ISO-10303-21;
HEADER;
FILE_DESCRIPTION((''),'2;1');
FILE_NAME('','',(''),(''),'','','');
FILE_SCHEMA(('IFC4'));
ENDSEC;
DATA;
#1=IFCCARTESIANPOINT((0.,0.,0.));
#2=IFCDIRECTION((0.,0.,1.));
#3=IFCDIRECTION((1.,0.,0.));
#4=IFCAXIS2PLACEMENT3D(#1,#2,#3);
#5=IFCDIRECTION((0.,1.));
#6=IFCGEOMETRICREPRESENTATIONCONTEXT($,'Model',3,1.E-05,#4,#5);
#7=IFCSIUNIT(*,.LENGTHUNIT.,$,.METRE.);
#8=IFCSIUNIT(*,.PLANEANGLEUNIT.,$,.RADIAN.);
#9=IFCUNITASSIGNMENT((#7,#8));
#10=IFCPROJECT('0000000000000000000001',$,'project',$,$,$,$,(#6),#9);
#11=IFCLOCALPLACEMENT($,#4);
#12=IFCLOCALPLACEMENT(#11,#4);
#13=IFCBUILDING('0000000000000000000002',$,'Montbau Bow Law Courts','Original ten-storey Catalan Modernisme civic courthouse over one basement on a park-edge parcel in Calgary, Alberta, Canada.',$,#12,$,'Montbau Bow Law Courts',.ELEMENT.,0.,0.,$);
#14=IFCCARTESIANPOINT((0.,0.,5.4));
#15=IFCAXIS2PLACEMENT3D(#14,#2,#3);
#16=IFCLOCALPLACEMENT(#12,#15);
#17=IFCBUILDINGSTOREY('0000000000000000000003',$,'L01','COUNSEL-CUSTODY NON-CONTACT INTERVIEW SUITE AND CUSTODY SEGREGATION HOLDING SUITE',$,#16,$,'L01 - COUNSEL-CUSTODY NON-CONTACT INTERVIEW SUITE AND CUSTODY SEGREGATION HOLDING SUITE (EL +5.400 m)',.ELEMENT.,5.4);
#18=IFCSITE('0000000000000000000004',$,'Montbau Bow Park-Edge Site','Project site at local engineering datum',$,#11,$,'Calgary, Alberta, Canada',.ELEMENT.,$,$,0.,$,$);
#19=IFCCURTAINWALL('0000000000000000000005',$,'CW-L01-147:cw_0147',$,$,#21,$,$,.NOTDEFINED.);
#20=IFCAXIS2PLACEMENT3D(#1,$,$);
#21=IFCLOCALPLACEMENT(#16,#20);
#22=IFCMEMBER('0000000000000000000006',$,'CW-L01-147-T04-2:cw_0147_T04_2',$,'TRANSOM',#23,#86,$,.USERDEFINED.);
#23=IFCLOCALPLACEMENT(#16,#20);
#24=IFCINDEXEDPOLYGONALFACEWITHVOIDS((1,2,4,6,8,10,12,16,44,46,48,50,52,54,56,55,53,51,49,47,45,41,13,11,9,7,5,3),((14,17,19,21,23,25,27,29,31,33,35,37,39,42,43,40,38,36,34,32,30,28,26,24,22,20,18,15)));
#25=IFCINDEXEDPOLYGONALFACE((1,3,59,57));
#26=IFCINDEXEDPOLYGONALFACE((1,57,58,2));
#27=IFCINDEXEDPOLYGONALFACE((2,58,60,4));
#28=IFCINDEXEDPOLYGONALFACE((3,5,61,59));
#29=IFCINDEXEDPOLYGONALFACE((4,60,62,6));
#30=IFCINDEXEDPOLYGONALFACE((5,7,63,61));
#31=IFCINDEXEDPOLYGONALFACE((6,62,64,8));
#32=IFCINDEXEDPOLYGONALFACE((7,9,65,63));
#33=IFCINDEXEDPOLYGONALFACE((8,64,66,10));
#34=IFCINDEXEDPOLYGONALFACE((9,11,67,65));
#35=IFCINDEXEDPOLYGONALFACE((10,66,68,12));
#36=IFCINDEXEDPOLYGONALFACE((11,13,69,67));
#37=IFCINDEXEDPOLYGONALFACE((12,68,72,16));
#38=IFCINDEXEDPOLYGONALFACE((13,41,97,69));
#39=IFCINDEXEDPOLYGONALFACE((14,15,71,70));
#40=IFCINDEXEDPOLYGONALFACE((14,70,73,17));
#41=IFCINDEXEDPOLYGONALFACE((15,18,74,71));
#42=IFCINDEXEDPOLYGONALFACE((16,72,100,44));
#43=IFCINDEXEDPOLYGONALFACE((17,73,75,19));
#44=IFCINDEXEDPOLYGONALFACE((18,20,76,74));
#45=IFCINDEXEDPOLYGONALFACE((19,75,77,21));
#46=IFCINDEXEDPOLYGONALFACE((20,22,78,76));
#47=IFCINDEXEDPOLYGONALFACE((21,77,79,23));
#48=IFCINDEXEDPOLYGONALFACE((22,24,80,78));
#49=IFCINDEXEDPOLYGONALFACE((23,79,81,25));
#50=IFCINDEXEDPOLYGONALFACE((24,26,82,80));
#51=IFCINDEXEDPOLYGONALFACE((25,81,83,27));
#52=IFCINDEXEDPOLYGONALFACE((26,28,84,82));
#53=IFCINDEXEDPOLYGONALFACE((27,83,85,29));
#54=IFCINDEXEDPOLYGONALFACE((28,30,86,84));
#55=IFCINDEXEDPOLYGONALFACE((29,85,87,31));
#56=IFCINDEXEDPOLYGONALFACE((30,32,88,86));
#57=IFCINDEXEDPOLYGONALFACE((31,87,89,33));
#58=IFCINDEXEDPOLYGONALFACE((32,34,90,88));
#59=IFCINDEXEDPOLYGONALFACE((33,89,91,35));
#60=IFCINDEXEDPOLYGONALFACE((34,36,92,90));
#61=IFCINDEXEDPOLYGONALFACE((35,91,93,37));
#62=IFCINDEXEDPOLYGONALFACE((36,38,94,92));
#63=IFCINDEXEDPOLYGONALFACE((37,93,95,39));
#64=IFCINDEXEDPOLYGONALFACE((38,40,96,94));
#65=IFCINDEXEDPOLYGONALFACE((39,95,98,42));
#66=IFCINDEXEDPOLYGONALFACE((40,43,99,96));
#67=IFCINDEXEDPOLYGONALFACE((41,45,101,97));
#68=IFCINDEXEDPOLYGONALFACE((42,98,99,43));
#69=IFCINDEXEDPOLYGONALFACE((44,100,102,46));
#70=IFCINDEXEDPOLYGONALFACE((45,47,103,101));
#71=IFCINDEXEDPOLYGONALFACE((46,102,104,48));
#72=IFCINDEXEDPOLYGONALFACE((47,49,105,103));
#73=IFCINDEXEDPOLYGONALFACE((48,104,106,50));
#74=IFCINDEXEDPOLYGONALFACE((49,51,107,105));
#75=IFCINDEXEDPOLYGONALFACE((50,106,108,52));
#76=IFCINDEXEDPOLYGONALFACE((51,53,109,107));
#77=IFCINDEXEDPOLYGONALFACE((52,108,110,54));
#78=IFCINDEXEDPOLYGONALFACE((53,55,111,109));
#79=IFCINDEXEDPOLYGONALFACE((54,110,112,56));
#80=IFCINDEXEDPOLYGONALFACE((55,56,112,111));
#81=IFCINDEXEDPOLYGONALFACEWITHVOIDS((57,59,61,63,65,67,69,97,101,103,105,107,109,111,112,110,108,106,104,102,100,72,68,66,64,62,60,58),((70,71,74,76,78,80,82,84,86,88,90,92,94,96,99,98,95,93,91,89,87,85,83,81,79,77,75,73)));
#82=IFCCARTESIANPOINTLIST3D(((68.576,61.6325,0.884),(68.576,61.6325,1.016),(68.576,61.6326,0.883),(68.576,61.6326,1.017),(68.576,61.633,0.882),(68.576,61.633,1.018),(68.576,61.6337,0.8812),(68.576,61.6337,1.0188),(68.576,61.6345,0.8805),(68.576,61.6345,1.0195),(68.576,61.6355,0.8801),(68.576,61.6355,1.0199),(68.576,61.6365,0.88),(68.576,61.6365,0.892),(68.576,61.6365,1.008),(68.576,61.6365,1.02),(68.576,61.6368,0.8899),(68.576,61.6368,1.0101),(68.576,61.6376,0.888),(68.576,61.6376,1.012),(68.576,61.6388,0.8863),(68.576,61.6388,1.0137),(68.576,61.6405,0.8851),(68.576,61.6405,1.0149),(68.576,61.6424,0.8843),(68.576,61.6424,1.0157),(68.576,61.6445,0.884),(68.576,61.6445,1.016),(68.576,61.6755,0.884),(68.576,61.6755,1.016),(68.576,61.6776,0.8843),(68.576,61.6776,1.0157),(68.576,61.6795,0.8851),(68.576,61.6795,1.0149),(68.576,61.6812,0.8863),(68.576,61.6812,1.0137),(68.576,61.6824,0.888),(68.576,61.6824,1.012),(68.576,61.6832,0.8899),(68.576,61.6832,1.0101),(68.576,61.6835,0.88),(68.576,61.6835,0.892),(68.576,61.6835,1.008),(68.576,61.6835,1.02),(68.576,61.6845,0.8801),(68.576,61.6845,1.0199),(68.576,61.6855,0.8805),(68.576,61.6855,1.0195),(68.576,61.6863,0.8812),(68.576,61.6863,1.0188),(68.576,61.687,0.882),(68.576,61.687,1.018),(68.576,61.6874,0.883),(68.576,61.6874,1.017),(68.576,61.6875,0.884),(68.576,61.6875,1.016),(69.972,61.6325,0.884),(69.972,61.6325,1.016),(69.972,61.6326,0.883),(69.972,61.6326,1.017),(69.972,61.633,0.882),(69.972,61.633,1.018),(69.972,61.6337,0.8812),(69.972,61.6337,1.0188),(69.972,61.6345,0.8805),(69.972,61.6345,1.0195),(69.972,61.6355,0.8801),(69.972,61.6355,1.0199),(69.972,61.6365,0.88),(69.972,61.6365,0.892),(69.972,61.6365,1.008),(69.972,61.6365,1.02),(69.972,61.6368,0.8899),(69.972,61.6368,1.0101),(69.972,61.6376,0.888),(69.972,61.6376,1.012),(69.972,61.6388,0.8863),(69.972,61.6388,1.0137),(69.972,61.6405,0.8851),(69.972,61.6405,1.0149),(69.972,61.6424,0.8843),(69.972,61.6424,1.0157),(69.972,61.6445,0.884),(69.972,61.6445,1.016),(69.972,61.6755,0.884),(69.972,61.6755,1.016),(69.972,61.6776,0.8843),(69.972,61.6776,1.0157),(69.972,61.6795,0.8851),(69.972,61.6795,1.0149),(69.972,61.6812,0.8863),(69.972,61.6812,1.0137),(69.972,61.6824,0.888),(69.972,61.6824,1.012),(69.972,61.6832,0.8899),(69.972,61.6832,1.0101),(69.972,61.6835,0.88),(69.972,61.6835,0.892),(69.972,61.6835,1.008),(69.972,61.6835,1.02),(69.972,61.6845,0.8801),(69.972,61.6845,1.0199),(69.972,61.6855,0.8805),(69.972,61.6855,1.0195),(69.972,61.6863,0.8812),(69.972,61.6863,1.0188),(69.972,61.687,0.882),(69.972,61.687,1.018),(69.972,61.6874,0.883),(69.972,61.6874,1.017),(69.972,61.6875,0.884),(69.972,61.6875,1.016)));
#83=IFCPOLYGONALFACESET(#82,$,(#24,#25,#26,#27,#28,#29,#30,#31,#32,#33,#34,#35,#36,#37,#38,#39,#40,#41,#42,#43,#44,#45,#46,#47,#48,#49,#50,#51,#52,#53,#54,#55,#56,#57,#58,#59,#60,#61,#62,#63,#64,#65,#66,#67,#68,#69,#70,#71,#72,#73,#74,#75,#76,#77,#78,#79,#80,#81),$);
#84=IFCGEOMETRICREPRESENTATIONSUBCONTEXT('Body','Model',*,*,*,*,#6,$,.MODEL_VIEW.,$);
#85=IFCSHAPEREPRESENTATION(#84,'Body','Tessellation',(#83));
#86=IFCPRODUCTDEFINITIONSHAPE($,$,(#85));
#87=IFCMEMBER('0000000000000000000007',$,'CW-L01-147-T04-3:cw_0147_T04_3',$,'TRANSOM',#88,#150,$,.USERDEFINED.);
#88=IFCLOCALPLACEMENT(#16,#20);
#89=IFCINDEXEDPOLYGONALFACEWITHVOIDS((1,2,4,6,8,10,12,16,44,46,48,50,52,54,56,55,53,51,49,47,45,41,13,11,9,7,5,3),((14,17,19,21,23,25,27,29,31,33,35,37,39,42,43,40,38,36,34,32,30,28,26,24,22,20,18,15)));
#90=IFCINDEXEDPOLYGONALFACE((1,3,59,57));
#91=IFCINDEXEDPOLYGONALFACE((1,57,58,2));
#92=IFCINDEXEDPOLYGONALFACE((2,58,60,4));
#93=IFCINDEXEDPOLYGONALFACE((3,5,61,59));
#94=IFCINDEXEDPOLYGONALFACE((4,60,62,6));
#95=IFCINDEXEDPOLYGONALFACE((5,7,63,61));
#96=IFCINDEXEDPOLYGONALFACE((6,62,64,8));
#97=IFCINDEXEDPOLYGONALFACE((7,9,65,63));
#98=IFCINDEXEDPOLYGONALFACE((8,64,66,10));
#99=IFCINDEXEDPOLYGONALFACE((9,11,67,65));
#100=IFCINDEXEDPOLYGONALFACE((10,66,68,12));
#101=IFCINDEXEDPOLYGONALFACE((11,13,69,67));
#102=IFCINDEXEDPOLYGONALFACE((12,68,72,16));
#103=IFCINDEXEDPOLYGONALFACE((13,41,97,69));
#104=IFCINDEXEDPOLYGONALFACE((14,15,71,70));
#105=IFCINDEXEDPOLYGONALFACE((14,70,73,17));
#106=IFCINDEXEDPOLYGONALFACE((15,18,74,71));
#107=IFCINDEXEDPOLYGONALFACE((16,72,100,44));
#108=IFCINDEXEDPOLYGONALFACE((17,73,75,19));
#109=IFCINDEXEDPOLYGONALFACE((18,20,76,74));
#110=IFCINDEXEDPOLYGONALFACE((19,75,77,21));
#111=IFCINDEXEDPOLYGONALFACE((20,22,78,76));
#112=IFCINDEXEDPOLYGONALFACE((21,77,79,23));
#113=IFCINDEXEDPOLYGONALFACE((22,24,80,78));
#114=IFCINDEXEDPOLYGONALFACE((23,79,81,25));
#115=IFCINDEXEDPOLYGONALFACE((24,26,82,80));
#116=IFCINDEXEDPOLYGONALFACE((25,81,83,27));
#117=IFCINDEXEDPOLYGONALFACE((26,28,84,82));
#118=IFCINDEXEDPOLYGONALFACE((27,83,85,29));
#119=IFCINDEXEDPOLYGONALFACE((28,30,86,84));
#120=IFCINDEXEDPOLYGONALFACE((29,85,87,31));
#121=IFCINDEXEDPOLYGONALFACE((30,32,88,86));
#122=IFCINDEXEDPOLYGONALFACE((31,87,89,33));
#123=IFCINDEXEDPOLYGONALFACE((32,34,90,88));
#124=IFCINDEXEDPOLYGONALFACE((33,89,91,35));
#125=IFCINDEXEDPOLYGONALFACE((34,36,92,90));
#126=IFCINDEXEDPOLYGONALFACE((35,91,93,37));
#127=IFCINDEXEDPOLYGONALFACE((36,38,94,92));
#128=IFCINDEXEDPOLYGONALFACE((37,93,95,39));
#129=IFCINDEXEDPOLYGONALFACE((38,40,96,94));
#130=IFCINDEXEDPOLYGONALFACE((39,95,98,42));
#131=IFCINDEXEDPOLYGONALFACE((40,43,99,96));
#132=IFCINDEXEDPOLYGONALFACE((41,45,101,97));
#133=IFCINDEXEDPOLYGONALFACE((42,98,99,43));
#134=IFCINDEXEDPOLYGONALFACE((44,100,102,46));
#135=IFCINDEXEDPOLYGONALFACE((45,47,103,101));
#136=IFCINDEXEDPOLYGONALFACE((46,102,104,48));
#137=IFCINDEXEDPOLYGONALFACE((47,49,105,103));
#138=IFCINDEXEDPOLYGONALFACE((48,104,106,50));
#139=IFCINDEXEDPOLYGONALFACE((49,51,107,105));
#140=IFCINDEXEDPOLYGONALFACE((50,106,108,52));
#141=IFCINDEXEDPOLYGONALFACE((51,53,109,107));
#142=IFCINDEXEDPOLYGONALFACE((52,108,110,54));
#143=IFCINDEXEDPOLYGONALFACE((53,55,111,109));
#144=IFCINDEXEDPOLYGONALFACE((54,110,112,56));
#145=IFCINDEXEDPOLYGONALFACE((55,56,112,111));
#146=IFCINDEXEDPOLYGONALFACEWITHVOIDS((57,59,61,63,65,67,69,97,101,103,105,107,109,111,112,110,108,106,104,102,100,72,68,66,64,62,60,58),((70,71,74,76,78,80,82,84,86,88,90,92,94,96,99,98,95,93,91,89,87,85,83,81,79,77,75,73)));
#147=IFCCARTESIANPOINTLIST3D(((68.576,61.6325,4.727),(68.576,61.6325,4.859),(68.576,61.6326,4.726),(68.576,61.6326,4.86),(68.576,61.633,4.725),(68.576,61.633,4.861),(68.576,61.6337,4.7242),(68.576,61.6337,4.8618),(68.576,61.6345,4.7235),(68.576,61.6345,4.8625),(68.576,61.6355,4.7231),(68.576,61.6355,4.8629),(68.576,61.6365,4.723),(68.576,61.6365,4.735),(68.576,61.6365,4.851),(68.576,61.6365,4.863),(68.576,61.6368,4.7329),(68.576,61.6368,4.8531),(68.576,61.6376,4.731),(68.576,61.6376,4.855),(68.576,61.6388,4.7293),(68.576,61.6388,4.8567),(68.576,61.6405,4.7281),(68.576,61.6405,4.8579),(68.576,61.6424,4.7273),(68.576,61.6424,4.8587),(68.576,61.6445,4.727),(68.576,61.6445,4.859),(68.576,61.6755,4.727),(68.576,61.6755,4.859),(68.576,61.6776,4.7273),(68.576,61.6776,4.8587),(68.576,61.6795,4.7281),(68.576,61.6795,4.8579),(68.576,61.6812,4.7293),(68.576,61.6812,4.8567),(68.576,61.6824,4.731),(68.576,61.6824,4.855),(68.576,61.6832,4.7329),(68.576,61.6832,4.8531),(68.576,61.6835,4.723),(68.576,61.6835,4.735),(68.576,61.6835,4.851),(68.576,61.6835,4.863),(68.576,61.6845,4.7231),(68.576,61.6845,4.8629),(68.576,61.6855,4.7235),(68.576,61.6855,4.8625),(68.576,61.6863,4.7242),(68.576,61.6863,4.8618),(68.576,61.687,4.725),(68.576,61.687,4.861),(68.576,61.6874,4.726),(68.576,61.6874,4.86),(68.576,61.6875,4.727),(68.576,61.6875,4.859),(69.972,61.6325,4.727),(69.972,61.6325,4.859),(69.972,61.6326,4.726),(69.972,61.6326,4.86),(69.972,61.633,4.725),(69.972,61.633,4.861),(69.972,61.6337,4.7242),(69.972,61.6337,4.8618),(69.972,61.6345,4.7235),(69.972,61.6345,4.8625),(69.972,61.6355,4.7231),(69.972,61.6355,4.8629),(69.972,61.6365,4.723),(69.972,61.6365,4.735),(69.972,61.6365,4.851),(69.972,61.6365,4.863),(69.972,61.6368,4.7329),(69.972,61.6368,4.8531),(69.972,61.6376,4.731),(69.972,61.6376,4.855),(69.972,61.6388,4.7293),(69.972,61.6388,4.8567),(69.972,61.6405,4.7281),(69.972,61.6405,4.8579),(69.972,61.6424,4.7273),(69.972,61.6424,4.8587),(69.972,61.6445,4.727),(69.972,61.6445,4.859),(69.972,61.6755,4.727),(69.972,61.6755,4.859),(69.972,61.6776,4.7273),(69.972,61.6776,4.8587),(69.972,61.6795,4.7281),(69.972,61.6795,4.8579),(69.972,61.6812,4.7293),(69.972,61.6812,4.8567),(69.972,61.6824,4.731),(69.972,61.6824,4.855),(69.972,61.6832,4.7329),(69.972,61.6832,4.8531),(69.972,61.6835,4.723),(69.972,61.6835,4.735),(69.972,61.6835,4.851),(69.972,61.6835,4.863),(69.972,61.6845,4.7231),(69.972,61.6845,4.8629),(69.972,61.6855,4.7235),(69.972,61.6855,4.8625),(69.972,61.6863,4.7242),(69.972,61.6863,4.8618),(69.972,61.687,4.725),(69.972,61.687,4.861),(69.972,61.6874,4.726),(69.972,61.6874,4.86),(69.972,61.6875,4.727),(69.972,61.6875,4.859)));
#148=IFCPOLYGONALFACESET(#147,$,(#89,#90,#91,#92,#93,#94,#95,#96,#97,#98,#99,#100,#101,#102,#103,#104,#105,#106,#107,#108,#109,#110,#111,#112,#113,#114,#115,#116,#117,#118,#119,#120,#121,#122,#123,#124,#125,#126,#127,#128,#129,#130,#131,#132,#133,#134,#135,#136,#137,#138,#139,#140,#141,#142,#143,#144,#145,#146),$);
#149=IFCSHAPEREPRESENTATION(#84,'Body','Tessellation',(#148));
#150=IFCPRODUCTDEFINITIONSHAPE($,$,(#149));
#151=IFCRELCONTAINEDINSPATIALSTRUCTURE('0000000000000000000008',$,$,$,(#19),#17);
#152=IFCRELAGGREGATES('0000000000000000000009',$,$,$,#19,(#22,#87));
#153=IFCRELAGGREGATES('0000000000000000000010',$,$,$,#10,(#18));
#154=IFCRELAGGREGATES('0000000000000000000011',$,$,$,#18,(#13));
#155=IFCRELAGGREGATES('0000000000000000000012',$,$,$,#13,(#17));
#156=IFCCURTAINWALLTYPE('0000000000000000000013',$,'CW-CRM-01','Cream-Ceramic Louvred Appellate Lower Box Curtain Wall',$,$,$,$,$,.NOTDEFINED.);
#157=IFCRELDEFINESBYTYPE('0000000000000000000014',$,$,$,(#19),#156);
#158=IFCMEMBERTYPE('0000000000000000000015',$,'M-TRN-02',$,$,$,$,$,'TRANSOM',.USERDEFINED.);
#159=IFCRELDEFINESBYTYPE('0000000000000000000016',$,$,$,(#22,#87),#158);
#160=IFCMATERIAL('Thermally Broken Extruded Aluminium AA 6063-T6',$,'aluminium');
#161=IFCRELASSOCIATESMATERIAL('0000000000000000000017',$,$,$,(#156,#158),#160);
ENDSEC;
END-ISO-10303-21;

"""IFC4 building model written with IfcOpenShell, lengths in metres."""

from ifc_helpers import new_model, si_unit, direction, frame, origin_with_axes, origin_2d_with_axis, place, context, subcontext, project, spatial, hollow_rectangle, extrude, material, material_profile, profile_set, type_object, element, aggregate, save


model = new_model("IFC4")

# Units and contexts
model_context = context("Model", 3, precision=1e-05, world=origin_with_axes(), true_north=direction((0.0, 1.0)))
body_context = subcontext(model_context, "Body", "Model", "MODEL_VIEW")
ifc_project = project(units=[si_unit("LENGTHUNIT", "METRE"), si_unit("PLANEANGLEUNIT", "RADIAN")], contexts=[model_context])

# Site, building, storey
site_placement = place(None, origin_with_axes())
site = spatial("IfcSite", under=ifc_project, at=site_placement, Name="Montbau Bow Park-Edge Site", Description="Project site at local engineering datum", LongName="Calgary, Alberta, Canada", CompositionType="ELEMENT", RefElevation=0.0)
building_placement = place(site_placement, origin_with_axes())
building = spatial("IfcBuilding", under=site, at=building_placement, Name="Montbau Bow Law Courts", Description="Original ten-storey Catalan Modernisme civic courthouse over one basement on a park-edge parcel in Calgary, Alberta, Canada.", LongName="Montbau Bow Law Courts", CompositionType="ELEMENT", ElevationOfRefHeight=0.0, ElevationOfTerrain=0.0)
storey_placement = place(building_placement, frame((0.0, 0.0, 5.4), z_axis=(0.0, 0.0, 1.0), x_axis=(1.0, 0.0, 0.0)))
storey = spatial("IfcBuildingStorey", under=building, at=storey_placement, Name="L01", Description="COUNSEL-CUSTODY NON-CONTACT INTERVIEW SUITE AND CUSTODY SEGREGATION HOLDING SUITE", LongName="L01 - COUNSEL-CUSTODY NON-CONTACT INTERVIEW SUITE AND CUSTODY SEGREGATION HOLDING SUITE (EL +5.400 m)", CompositionType="ELEMENT", Elevation=5.4)

# Curtain wall
ifc_material_1 = material(Name="Thermally Broken Extruded Aluminium AA 6063-T6", Category="aluminium")
curtain_wall_type = type_object("IfcCurtainWallType", Name="CW-CRM-01", Description="Cream-Ceramic Louvred Appellate Lower Box Curtain Wall", PredefinedType="NOTDEFINED", material=ifc_material_1)
curtain_wall_1_placement = place(None, frame((64.115, 61.66, 5.4), z_axis=(0.0, 0.0, 1.0), x_axis=(1.0, 0.0, 0.0)))
curtain_wall_1 = element("IfcCurtainWall", 1, at=curtain_wall_1_placement, inside=storey, type_object=curtain_wall_type, Name="CW-L01-147:cw_0147", PredefinedType="NOTDEFINED")

# Members
ifc_material_profile_1 = material_profile(ifc_material_1, hollow_rectangle(XDim=0.055, YDim=0.14, WallThickness=0.004, InnerFilletRadius=0.008, OuterFilletRadius=0.004, at=origin_2d_with_axis()), Name="CWT-140X55", Category="Main", Priority=0)
ifc_profile_set_1 = profile_set([ifc_material_profile_1], Name="Thermally Broken Extruded Aluminium AA 6063-T6")
member_type_1 = type_object("IfcMemberType", Name="M-TRN-02", ElementType="TRANSOM", PredefinedType="USERDEFINED", material=ifc_profile_set_1)
member_1_placement = place(None, frame((68.576, 61.66, 6.35), z_axis=(1.0, 0.0, 0.0), x_axis=(0.0, 1.0, 0.0)))
member_1 = element("IfcMember", 2, at=member_1_placement, type_object=member_type_1, Name="CW-L01-147-T04-2:cw_0147_T04_2", ObjectType="TRANSOM", PredefinedType="USERDEFINED", context=body_context, shape_type="SweptSolid", body=[
    extrude(hollow_rectangle(XDim=0.055, YDim=0.14, WallThickness=0.004, InnerFilletRadius=0.008, OuterFilletRadius=0.004, at=origin_2d_with_axis()), origin_with_axes(), (0.0, 0.0, 1.0), 1.396),
])
member_2_placement = place(None, frame((68.576, 61.66, 10.193), z_axis=(1.0, 0.0, 0.0), x_axis=(0.0, 1.0, 0.0)))
member_2 = element("IfcMember", 3, at=member_2_placement, type_object=member_type_1, Name="CW-L01-147-T04-3:cw_0147_T04_3", ObjectType="TRANSOM", PredefinedType="USERDEFINED", context=body_context, shape_type="SweptSolid", body=[
    extrude(hollow_rectangle(XDim=0.055, YDim=0.14, WallThickness=0.004, InnerFilletRadius=0.008, OuterFilletRadius=0.004, at=origin_2d_with_axis()), origin_with_axes(), (0.0, 0.0, 1.0), 1.396),
])

aggregate(curtain_wall_1, [member_1, member_2])

save(model, "model.ifc")
